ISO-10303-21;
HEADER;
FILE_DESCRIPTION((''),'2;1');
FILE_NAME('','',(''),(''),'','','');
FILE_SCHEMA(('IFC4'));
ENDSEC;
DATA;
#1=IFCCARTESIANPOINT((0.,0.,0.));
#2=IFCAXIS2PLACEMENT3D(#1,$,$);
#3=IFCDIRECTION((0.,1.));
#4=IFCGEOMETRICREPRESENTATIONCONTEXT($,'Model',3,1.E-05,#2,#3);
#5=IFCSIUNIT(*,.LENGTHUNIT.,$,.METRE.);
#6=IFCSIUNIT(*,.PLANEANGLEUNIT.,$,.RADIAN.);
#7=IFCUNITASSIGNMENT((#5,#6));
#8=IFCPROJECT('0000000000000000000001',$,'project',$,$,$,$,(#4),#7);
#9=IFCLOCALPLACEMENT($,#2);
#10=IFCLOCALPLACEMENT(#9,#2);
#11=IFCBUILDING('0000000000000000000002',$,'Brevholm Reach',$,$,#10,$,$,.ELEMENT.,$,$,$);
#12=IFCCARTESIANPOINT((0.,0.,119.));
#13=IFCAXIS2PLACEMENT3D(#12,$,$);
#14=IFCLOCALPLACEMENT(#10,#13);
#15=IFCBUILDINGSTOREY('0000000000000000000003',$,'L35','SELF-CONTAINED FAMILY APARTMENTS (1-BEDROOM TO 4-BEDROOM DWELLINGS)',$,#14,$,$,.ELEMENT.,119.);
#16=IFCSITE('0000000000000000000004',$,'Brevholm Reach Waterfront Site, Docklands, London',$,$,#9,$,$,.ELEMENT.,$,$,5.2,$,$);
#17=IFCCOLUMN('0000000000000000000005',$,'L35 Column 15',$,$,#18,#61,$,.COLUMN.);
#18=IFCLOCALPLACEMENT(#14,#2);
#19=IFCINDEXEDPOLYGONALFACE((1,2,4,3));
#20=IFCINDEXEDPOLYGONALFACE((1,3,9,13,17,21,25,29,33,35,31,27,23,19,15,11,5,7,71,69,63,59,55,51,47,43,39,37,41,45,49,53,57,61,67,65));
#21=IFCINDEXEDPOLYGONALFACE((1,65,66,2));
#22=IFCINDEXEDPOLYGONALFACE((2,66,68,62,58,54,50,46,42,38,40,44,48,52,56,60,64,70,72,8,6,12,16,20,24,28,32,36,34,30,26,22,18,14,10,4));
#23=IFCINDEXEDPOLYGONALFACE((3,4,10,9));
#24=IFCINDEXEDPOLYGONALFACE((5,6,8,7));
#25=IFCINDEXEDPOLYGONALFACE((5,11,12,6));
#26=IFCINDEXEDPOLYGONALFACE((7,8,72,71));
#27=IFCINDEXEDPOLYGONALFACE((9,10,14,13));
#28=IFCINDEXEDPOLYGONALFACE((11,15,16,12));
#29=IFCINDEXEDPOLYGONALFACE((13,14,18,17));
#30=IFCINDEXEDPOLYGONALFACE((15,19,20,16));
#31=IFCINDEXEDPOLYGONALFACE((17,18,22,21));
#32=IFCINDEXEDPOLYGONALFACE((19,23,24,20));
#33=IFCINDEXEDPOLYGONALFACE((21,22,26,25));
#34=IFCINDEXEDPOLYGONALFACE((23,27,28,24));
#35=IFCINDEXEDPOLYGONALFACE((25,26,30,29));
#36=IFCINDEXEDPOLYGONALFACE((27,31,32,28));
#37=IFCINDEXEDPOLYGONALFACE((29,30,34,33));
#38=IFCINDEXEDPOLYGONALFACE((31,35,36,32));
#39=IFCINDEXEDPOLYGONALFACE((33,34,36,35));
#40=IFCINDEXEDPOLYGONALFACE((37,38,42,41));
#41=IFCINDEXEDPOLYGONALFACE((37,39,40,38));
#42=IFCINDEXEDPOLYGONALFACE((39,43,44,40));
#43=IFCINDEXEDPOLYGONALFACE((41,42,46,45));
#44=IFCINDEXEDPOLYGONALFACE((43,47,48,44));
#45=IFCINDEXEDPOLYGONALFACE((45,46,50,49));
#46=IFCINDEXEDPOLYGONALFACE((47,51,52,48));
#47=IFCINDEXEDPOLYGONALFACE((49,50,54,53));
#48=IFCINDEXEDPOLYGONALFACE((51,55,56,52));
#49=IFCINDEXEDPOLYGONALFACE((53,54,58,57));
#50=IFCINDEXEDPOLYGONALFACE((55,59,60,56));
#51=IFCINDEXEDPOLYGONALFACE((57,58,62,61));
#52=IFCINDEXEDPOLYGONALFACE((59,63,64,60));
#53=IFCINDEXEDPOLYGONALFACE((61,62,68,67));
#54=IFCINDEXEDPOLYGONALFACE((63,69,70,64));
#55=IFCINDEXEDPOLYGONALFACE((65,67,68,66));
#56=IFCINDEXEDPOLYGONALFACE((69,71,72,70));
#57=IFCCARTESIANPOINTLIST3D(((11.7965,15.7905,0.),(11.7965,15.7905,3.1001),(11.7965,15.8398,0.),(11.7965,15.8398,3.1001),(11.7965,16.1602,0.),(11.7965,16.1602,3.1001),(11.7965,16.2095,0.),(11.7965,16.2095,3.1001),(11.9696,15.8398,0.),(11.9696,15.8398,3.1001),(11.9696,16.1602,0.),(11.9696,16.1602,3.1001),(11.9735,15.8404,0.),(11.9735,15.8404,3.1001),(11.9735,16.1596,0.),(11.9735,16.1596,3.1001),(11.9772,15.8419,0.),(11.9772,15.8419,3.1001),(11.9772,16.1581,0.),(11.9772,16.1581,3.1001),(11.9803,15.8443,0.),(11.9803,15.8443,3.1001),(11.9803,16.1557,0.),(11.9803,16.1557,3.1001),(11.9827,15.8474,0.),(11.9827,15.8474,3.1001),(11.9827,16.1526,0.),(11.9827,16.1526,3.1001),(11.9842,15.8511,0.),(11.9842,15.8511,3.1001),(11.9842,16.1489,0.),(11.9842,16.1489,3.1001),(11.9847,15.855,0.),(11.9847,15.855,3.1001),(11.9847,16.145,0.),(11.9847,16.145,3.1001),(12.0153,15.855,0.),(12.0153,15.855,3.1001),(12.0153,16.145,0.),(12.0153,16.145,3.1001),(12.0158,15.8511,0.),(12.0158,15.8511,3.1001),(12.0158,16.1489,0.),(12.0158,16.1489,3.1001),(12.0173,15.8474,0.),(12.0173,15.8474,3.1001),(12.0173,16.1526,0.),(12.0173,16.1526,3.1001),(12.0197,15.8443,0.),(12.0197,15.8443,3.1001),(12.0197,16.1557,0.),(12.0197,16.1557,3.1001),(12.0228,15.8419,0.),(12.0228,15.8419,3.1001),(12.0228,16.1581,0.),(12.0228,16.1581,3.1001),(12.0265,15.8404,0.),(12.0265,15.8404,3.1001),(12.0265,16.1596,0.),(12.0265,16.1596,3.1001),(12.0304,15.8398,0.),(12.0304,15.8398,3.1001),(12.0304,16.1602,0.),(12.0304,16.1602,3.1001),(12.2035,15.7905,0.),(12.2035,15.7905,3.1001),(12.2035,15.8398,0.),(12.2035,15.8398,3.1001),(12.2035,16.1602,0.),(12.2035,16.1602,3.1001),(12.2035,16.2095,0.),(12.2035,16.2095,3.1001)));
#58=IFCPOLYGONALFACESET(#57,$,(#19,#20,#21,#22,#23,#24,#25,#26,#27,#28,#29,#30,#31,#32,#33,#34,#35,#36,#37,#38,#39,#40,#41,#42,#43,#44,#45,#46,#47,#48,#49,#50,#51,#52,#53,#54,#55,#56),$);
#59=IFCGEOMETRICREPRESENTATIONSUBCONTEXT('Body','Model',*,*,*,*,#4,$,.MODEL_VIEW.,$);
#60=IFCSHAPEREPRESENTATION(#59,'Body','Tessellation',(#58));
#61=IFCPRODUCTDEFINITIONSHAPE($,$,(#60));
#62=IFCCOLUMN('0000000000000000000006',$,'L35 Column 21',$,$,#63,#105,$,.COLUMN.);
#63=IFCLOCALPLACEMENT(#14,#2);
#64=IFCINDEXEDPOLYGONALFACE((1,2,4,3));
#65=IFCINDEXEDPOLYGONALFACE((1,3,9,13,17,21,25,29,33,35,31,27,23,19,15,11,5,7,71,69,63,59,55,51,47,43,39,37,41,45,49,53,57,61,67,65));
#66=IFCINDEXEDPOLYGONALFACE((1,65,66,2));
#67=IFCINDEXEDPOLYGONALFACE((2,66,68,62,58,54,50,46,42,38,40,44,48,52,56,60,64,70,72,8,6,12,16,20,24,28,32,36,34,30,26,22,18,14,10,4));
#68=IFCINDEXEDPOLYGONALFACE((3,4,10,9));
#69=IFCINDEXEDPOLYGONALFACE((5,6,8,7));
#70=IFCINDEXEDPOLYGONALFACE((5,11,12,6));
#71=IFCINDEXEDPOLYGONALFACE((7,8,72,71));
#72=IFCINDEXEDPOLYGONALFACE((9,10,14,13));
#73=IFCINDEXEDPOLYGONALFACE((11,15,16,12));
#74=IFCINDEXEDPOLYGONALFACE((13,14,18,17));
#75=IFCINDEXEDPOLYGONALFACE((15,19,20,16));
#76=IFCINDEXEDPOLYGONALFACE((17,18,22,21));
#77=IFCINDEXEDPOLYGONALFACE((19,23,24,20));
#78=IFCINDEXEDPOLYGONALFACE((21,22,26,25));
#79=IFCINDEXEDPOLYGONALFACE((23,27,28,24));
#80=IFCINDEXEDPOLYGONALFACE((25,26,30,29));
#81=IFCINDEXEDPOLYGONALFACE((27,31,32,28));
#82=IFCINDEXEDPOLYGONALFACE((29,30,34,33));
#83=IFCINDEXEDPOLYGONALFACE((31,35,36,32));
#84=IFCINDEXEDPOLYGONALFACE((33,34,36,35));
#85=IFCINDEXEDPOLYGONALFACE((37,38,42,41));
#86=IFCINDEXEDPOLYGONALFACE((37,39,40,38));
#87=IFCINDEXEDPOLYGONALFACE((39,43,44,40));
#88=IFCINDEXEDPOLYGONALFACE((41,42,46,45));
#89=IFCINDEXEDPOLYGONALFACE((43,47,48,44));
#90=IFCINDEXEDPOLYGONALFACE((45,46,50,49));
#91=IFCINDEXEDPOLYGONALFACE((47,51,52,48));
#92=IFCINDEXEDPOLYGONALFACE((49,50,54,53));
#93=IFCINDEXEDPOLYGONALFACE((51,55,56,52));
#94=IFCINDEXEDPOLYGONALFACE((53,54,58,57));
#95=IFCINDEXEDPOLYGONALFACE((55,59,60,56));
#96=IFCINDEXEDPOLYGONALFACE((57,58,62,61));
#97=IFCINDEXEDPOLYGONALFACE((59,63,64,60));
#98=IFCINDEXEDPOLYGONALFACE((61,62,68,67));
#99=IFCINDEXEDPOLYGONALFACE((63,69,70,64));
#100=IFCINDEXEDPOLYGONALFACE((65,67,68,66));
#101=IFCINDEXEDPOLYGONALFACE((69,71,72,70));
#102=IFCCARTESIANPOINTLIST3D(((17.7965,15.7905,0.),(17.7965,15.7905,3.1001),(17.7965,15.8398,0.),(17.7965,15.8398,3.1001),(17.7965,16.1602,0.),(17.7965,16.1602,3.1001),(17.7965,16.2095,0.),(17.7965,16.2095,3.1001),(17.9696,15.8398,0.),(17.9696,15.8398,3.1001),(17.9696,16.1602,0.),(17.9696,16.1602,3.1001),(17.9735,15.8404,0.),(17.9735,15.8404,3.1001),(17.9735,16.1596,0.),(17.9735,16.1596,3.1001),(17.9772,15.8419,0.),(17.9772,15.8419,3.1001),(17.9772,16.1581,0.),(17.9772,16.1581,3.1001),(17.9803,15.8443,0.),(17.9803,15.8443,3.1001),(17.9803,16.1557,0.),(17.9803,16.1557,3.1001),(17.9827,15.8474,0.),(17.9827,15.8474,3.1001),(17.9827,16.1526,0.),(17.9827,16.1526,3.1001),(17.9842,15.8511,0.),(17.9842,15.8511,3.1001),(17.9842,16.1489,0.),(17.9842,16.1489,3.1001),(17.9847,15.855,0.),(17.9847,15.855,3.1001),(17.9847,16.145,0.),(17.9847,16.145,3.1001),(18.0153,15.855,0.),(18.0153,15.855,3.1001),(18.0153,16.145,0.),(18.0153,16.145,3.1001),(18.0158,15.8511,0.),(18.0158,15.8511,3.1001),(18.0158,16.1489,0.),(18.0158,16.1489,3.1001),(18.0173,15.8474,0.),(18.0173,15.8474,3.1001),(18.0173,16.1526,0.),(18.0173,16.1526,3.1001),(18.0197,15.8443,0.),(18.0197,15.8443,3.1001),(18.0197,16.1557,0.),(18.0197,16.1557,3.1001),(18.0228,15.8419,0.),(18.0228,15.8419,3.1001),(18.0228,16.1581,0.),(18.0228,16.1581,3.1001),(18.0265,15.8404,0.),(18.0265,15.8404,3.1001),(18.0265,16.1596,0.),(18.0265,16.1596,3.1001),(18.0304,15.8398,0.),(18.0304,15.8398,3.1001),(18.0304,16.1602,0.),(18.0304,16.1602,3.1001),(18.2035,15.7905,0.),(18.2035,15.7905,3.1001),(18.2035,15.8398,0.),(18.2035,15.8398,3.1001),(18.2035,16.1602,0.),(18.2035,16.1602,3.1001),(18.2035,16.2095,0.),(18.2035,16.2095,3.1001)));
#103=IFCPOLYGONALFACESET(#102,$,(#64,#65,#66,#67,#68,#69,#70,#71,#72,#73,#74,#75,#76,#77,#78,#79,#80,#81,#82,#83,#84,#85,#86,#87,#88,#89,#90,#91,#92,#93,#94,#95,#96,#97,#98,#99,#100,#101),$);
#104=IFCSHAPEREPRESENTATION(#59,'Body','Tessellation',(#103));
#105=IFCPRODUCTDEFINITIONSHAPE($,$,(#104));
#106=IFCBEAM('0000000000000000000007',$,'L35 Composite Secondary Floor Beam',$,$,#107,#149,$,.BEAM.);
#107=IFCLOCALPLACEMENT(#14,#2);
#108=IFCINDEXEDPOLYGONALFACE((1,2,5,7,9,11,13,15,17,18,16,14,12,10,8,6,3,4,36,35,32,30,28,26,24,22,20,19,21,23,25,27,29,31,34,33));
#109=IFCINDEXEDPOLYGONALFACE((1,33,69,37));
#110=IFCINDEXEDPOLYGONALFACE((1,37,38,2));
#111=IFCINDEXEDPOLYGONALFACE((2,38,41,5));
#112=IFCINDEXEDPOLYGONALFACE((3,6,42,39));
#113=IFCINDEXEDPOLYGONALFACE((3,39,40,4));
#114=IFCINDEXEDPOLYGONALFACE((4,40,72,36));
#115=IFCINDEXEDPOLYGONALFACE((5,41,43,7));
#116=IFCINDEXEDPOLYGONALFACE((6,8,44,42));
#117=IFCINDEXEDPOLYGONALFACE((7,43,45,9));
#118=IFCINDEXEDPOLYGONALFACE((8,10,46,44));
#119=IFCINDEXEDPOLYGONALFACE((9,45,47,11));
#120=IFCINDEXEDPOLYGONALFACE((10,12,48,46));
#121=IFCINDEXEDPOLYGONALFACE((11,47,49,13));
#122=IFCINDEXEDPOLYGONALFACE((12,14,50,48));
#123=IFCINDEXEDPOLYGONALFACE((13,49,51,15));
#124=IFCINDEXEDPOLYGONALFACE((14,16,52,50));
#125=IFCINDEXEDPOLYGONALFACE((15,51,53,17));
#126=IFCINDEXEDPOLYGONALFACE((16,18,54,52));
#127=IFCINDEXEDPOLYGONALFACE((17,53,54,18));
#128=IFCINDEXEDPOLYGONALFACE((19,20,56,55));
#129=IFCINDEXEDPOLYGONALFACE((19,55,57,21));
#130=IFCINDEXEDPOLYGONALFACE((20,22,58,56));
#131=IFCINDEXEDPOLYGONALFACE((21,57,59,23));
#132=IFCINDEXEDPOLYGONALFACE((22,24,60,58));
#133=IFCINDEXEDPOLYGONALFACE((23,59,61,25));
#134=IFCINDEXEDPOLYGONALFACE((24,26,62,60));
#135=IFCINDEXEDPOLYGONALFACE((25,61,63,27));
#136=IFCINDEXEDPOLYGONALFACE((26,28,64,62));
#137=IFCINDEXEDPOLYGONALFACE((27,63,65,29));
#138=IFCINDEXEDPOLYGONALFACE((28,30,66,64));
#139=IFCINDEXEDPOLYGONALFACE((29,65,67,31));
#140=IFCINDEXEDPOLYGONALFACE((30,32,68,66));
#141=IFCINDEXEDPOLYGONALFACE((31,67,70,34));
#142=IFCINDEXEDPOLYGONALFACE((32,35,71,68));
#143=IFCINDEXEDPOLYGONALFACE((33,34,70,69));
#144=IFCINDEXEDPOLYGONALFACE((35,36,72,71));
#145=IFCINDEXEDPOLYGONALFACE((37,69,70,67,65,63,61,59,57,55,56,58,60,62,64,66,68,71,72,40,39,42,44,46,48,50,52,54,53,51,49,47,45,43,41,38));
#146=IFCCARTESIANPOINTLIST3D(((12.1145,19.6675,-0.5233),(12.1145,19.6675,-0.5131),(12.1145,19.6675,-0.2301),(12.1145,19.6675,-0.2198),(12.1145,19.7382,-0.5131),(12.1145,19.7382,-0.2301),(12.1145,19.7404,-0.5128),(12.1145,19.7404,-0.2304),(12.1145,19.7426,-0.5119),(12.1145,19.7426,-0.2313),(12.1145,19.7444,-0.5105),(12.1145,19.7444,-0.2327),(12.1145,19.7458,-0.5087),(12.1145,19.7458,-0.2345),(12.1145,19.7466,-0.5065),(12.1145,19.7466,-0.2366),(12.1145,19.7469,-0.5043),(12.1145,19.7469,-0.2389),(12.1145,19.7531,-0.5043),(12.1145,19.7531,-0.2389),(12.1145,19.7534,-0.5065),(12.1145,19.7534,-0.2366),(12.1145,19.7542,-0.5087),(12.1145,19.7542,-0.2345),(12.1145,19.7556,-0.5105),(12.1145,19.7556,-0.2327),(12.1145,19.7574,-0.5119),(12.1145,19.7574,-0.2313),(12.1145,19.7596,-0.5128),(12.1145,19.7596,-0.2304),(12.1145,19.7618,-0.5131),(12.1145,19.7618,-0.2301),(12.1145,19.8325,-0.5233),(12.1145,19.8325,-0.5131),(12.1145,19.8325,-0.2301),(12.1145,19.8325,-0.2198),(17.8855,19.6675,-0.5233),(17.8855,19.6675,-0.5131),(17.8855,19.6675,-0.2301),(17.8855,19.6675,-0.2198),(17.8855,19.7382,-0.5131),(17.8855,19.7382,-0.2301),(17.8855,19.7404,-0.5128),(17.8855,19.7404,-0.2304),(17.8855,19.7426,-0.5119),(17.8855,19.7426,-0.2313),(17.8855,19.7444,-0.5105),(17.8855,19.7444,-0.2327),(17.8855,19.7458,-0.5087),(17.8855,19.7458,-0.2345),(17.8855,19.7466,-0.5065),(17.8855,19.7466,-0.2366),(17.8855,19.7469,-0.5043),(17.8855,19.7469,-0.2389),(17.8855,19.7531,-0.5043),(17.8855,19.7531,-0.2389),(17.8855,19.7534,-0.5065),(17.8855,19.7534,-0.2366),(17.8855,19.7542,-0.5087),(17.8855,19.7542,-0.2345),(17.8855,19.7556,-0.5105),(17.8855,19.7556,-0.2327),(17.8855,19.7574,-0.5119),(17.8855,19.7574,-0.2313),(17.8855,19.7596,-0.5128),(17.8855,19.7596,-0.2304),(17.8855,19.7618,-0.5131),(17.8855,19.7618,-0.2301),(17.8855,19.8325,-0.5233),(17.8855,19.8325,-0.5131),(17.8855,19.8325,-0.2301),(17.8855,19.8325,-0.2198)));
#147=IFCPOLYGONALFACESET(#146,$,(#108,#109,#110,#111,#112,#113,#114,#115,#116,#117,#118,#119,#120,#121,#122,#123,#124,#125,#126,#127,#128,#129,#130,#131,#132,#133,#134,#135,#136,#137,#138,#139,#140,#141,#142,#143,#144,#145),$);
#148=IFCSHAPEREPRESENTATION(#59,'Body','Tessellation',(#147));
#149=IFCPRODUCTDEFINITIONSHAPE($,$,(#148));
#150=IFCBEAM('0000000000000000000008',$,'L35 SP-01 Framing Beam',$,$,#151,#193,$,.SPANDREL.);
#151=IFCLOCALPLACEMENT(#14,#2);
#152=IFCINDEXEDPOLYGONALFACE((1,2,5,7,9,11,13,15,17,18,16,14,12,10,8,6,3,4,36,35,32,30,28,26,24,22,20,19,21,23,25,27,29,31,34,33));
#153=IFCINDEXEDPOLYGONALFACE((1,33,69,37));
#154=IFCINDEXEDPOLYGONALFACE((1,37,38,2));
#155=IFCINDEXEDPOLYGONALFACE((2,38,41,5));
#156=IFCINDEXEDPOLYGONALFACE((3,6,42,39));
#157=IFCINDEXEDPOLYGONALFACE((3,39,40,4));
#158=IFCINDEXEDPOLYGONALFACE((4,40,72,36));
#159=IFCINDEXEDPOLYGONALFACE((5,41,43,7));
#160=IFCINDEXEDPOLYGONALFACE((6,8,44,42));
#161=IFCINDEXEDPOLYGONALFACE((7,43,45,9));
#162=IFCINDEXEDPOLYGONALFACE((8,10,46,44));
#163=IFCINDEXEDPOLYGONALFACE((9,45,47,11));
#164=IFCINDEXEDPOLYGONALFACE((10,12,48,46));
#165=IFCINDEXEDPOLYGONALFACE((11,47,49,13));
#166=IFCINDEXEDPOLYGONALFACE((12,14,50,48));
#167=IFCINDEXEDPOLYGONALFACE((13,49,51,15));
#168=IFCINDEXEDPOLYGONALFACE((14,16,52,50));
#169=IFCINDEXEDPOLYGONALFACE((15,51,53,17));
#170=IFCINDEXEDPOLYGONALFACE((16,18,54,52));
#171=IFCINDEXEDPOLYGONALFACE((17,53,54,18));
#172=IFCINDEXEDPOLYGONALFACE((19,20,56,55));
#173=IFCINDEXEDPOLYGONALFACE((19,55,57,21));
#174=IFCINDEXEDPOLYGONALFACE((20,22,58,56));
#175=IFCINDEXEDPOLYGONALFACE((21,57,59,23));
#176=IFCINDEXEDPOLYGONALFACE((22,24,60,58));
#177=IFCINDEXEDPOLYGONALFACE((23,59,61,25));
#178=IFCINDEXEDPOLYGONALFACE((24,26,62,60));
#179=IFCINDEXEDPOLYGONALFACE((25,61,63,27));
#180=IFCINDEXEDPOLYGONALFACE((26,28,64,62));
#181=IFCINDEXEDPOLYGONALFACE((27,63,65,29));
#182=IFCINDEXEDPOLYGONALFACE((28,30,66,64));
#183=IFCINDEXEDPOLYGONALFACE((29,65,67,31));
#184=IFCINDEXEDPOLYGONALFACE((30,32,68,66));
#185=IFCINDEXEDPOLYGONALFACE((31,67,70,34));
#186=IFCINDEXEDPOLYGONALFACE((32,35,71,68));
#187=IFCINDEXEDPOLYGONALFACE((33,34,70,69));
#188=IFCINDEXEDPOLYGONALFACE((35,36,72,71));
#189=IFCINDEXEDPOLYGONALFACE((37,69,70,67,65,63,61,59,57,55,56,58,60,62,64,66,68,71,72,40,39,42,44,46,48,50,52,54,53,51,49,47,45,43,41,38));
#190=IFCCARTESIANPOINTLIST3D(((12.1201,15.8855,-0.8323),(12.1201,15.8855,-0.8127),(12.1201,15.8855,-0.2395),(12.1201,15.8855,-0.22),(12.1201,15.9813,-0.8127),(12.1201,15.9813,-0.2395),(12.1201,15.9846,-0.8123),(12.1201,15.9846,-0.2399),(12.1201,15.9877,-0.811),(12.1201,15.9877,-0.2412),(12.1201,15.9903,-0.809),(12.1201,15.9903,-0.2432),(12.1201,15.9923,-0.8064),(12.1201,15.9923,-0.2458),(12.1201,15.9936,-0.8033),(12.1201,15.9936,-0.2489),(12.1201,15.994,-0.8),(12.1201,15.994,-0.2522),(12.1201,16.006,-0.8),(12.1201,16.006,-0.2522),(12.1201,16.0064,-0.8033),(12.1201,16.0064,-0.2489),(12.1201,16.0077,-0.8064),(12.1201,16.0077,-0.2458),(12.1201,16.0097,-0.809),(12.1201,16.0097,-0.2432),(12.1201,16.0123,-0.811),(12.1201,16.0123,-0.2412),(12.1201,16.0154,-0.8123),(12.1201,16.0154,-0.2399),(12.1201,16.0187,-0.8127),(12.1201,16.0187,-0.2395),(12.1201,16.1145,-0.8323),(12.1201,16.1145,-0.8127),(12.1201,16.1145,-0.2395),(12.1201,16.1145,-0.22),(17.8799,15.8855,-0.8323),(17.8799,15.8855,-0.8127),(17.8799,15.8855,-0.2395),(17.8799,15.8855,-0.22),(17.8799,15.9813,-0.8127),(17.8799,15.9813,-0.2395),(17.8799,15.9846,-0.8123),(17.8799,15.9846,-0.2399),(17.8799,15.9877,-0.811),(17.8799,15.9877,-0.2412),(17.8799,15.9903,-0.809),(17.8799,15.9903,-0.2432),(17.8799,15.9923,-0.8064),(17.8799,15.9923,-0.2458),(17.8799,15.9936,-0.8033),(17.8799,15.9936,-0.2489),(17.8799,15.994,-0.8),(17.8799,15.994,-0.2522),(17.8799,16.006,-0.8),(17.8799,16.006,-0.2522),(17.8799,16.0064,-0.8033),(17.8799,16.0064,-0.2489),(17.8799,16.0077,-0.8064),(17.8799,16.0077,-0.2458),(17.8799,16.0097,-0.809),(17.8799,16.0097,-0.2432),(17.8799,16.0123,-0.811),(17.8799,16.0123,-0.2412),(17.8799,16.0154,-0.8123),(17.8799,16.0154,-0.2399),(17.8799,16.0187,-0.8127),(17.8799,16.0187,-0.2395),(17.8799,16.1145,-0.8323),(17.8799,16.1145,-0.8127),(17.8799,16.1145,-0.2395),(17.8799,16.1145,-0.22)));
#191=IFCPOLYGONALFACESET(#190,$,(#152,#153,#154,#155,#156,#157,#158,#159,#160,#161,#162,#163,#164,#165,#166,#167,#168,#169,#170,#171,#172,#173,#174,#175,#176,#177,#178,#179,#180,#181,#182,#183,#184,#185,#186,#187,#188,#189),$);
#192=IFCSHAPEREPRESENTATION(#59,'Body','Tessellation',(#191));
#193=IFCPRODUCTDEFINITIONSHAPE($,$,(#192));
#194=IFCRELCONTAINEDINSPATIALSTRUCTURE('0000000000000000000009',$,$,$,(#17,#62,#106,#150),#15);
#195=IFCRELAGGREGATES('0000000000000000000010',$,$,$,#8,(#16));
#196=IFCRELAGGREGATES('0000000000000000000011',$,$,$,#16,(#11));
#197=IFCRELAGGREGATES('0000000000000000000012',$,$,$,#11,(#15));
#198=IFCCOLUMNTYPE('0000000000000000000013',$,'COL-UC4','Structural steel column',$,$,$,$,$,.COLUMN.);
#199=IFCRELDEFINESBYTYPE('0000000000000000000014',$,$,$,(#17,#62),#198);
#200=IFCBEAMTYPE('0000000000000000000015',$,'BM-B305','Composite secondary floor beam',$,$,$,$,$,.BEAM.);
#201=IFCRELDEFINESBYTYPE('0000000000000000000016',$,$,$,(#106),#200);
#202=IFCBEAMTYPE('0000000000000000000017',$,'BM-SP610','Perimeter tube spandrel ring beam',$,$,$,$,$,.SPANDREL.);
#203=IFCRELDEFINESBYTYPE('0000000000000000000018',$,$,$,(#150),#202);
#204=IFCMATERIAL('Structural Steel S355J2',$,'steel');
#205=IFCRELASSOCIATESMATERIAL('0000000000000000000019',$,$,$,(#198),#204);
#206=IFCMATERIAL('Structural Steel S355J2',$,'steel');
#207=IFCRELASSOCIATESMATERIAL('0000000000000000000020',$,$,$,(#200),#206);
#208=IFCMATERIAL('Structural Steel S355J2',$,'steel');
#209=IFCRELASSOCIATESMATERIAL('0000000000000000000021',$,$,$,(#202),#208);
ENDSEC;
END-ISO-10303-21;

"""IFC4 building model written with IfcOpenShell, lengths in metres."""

from ifc_helpers import new_model, si_unit, direction, frame, origin, origin_2d, place, context, subcontext, project, spatial, i_section, extrude, material, material_profile, profile_set, type_object, element, save


model = new_model("IFC4")

# Units and contexts
model_context = context("Model", 3, precision=1e-05, world=origin(), true_north=direction((0.0, 1.0)))
body_context = subcontext(model_context, "Body", "Model", "MODEL_VIEW")
ifc_project = project(units=[si_unit("LENGTHUNIT", "METRE"), si_unit("PLANEANGLEUNIT", "RADIAN")], contexts=[model_context])

# Site, building, storey
site_placement = place(None, origin())
site = spatial("IfcSite", under=ifc_project, at=site_placement, Name="Brevholm Reach Waterfront Site, Docklands, London", CompositionType="ELEMENT", RefElevation=5.2)
building_placement = place(site_placement, origin())
building = spatial("IfcBuilding", under=site, at=building_placement, Name="Brevholm Reach", CompositionType="ELEMENT")
storey_placement = place(building_placement, frame((0.0, 0.0, 119.0)))
storey = spatial("IfcBuildingStorey", under=building, at=storey_placement, Name="L35", Description="SELF-CONTAINED FAMILY APARTMENTS (1-BEDROOM TO 4-BEDROOM DWELLINGS)", CompositionType="ELEMENT", Elevation=119.0)

# Columns
ifc_material_1 = material(Name="Structural Steel S355J2", Category="steel")
ifc_material_profile_1 = material_profile(ifc_material_1, i_section(OverallWidth=0.407, OverallDepth=0.4189, WebThickness=0.0305, FlangeThickness=0.0493, FilletRadius=0.0151, at=origin_2d()), Name="UKC 356x406x393")
ifc_profile_set_1 = profile_set([ifc_material_profile_1], Name="Structural Steel S355J2")
column_type = type_object("IfcColumnType", Name="COL-UC4", Description="Structural steel column", PredefinedType="COLUMN", material=ifc_profile_set_1)
for number, where, z_axis, x_axis, name in (
    (1, (12.0, 16.0, 0.0), (0.0, 0.0, 1.0), (1.0, 0.0, 0.0), "L35 Column 15"),
    (2, (18.0, 16.0, 0.0), (0.0, 0.0, 1.0), (1.0, 0.0, 0.0), "L35 Column 21"),
):
    element("IfcColumn", number, at=place(storey_placement, frame(where, z_axis=z_axis, x_axis=x_axis)), inside=storey, type_object=column_type, Name=name, PredefinedType="COLUMN", context=body_context, shape_type="SweptSolid", body=[
        extrude(i_section(OverallWidth=0.407, OverallDepth=0.4189, WebThickness=0.0305, FlangeThickness=0.0493, FilletRadius=0.0151, at=origin_2d()), origin(), (0.0, 0.0, 1.0), 3.1001),
    ])

# Beams
ifc_material_2 = material(Name="Structural Steel S355J2", Category="steel")
ifc_material_profile_2 = material_profile(ifc_material_2, i_section(OverallWidth=0.165, OverallDepth=0.3035, WebThickness=0.0061, FlangeThickness=0.0103, FilletRadius=0.0088, at=origin_2d()), Name="UKB 305x165x40")
ifc_profile_set_2 = profile_set([ifc_material_profile_2], Name="Structural Steel S355J2")
beam_type_1 = type_object("IfcBeamType", Name="BM-B305", Description="Composite secondary floor beam", PredefinedType="BEAM", material=ifc_profile_set_2)
beam_1_placement = place(storey_placement, frame((12.1145, 19.75, -0.3716), z_axis=(1.0, 0.0, 0.0), x_axis=(0.0, 1.0, 0.0)))
element("IfcBeam", 3, at=beam_1_placement, inside=storey, type_object=beam_type_1, Name="L35 Composite Secondary Floor Beam", PredefinedType="BEAM", context=body_context, shape_type="SweptSolid", body=[
    extrude(i_section(OverallWidth=0.165, OverallDepth=0.3035, WebThickness=0.0061, FlangeThickness=0.0103, FilletRadius=0.0088, at=origin_2d()), origin(), (0.0, 0.0, 1.0), 5.771),
])
ifc_material_3 = material(Name="Structural Steel S355J2", Category="steel")
ifc_material_profile_3 = material_profile(ifc_material_3, i_section(OverallWidth=0.229, OverallDepth=0.6123, WebThickness=0.012, FlangeThickness=0.0195, FilletRadius=0.0127, at=origin_2d()), Name="UKB 610x229x125")
ifc_profile_set_3 = profile_set([ifc_material_profile_3], Name="Structural Steel S355J2")
beam_type_2 = type_object("IfcBeamType", Name="BM-SP610", Description="Perimeter tube spandrel ring beam", PredefinedType="SPANDREL", material=ifc_profile_set_3)
beam_2_placement = place(storey_placement, frame((12.1201, 16.0, -0.5261), z_axis=(1.0, 0.0, 0.0), x_axis=(0.0, 1.0, 0.0)))
element("IfcBeam", 4, at=beam_2_placement, inside=storey, type_object=beam_type_2, Name="L35 SP-01 Framing Beam", PredefinedType="SPANDREL", context=body_context, shape_type="SweptSolid", body=[
    extrude(i_section(OverallWidth=0.229, OverallDepth=0.6123, WebThickness=0.012, FlangeThickness=0.0195, FilletRadius=0.0127, at=origin_2d()), origin(), (0.0, 0.0, 1.0), 5.7598),
])

save(model, "model.ifc")
